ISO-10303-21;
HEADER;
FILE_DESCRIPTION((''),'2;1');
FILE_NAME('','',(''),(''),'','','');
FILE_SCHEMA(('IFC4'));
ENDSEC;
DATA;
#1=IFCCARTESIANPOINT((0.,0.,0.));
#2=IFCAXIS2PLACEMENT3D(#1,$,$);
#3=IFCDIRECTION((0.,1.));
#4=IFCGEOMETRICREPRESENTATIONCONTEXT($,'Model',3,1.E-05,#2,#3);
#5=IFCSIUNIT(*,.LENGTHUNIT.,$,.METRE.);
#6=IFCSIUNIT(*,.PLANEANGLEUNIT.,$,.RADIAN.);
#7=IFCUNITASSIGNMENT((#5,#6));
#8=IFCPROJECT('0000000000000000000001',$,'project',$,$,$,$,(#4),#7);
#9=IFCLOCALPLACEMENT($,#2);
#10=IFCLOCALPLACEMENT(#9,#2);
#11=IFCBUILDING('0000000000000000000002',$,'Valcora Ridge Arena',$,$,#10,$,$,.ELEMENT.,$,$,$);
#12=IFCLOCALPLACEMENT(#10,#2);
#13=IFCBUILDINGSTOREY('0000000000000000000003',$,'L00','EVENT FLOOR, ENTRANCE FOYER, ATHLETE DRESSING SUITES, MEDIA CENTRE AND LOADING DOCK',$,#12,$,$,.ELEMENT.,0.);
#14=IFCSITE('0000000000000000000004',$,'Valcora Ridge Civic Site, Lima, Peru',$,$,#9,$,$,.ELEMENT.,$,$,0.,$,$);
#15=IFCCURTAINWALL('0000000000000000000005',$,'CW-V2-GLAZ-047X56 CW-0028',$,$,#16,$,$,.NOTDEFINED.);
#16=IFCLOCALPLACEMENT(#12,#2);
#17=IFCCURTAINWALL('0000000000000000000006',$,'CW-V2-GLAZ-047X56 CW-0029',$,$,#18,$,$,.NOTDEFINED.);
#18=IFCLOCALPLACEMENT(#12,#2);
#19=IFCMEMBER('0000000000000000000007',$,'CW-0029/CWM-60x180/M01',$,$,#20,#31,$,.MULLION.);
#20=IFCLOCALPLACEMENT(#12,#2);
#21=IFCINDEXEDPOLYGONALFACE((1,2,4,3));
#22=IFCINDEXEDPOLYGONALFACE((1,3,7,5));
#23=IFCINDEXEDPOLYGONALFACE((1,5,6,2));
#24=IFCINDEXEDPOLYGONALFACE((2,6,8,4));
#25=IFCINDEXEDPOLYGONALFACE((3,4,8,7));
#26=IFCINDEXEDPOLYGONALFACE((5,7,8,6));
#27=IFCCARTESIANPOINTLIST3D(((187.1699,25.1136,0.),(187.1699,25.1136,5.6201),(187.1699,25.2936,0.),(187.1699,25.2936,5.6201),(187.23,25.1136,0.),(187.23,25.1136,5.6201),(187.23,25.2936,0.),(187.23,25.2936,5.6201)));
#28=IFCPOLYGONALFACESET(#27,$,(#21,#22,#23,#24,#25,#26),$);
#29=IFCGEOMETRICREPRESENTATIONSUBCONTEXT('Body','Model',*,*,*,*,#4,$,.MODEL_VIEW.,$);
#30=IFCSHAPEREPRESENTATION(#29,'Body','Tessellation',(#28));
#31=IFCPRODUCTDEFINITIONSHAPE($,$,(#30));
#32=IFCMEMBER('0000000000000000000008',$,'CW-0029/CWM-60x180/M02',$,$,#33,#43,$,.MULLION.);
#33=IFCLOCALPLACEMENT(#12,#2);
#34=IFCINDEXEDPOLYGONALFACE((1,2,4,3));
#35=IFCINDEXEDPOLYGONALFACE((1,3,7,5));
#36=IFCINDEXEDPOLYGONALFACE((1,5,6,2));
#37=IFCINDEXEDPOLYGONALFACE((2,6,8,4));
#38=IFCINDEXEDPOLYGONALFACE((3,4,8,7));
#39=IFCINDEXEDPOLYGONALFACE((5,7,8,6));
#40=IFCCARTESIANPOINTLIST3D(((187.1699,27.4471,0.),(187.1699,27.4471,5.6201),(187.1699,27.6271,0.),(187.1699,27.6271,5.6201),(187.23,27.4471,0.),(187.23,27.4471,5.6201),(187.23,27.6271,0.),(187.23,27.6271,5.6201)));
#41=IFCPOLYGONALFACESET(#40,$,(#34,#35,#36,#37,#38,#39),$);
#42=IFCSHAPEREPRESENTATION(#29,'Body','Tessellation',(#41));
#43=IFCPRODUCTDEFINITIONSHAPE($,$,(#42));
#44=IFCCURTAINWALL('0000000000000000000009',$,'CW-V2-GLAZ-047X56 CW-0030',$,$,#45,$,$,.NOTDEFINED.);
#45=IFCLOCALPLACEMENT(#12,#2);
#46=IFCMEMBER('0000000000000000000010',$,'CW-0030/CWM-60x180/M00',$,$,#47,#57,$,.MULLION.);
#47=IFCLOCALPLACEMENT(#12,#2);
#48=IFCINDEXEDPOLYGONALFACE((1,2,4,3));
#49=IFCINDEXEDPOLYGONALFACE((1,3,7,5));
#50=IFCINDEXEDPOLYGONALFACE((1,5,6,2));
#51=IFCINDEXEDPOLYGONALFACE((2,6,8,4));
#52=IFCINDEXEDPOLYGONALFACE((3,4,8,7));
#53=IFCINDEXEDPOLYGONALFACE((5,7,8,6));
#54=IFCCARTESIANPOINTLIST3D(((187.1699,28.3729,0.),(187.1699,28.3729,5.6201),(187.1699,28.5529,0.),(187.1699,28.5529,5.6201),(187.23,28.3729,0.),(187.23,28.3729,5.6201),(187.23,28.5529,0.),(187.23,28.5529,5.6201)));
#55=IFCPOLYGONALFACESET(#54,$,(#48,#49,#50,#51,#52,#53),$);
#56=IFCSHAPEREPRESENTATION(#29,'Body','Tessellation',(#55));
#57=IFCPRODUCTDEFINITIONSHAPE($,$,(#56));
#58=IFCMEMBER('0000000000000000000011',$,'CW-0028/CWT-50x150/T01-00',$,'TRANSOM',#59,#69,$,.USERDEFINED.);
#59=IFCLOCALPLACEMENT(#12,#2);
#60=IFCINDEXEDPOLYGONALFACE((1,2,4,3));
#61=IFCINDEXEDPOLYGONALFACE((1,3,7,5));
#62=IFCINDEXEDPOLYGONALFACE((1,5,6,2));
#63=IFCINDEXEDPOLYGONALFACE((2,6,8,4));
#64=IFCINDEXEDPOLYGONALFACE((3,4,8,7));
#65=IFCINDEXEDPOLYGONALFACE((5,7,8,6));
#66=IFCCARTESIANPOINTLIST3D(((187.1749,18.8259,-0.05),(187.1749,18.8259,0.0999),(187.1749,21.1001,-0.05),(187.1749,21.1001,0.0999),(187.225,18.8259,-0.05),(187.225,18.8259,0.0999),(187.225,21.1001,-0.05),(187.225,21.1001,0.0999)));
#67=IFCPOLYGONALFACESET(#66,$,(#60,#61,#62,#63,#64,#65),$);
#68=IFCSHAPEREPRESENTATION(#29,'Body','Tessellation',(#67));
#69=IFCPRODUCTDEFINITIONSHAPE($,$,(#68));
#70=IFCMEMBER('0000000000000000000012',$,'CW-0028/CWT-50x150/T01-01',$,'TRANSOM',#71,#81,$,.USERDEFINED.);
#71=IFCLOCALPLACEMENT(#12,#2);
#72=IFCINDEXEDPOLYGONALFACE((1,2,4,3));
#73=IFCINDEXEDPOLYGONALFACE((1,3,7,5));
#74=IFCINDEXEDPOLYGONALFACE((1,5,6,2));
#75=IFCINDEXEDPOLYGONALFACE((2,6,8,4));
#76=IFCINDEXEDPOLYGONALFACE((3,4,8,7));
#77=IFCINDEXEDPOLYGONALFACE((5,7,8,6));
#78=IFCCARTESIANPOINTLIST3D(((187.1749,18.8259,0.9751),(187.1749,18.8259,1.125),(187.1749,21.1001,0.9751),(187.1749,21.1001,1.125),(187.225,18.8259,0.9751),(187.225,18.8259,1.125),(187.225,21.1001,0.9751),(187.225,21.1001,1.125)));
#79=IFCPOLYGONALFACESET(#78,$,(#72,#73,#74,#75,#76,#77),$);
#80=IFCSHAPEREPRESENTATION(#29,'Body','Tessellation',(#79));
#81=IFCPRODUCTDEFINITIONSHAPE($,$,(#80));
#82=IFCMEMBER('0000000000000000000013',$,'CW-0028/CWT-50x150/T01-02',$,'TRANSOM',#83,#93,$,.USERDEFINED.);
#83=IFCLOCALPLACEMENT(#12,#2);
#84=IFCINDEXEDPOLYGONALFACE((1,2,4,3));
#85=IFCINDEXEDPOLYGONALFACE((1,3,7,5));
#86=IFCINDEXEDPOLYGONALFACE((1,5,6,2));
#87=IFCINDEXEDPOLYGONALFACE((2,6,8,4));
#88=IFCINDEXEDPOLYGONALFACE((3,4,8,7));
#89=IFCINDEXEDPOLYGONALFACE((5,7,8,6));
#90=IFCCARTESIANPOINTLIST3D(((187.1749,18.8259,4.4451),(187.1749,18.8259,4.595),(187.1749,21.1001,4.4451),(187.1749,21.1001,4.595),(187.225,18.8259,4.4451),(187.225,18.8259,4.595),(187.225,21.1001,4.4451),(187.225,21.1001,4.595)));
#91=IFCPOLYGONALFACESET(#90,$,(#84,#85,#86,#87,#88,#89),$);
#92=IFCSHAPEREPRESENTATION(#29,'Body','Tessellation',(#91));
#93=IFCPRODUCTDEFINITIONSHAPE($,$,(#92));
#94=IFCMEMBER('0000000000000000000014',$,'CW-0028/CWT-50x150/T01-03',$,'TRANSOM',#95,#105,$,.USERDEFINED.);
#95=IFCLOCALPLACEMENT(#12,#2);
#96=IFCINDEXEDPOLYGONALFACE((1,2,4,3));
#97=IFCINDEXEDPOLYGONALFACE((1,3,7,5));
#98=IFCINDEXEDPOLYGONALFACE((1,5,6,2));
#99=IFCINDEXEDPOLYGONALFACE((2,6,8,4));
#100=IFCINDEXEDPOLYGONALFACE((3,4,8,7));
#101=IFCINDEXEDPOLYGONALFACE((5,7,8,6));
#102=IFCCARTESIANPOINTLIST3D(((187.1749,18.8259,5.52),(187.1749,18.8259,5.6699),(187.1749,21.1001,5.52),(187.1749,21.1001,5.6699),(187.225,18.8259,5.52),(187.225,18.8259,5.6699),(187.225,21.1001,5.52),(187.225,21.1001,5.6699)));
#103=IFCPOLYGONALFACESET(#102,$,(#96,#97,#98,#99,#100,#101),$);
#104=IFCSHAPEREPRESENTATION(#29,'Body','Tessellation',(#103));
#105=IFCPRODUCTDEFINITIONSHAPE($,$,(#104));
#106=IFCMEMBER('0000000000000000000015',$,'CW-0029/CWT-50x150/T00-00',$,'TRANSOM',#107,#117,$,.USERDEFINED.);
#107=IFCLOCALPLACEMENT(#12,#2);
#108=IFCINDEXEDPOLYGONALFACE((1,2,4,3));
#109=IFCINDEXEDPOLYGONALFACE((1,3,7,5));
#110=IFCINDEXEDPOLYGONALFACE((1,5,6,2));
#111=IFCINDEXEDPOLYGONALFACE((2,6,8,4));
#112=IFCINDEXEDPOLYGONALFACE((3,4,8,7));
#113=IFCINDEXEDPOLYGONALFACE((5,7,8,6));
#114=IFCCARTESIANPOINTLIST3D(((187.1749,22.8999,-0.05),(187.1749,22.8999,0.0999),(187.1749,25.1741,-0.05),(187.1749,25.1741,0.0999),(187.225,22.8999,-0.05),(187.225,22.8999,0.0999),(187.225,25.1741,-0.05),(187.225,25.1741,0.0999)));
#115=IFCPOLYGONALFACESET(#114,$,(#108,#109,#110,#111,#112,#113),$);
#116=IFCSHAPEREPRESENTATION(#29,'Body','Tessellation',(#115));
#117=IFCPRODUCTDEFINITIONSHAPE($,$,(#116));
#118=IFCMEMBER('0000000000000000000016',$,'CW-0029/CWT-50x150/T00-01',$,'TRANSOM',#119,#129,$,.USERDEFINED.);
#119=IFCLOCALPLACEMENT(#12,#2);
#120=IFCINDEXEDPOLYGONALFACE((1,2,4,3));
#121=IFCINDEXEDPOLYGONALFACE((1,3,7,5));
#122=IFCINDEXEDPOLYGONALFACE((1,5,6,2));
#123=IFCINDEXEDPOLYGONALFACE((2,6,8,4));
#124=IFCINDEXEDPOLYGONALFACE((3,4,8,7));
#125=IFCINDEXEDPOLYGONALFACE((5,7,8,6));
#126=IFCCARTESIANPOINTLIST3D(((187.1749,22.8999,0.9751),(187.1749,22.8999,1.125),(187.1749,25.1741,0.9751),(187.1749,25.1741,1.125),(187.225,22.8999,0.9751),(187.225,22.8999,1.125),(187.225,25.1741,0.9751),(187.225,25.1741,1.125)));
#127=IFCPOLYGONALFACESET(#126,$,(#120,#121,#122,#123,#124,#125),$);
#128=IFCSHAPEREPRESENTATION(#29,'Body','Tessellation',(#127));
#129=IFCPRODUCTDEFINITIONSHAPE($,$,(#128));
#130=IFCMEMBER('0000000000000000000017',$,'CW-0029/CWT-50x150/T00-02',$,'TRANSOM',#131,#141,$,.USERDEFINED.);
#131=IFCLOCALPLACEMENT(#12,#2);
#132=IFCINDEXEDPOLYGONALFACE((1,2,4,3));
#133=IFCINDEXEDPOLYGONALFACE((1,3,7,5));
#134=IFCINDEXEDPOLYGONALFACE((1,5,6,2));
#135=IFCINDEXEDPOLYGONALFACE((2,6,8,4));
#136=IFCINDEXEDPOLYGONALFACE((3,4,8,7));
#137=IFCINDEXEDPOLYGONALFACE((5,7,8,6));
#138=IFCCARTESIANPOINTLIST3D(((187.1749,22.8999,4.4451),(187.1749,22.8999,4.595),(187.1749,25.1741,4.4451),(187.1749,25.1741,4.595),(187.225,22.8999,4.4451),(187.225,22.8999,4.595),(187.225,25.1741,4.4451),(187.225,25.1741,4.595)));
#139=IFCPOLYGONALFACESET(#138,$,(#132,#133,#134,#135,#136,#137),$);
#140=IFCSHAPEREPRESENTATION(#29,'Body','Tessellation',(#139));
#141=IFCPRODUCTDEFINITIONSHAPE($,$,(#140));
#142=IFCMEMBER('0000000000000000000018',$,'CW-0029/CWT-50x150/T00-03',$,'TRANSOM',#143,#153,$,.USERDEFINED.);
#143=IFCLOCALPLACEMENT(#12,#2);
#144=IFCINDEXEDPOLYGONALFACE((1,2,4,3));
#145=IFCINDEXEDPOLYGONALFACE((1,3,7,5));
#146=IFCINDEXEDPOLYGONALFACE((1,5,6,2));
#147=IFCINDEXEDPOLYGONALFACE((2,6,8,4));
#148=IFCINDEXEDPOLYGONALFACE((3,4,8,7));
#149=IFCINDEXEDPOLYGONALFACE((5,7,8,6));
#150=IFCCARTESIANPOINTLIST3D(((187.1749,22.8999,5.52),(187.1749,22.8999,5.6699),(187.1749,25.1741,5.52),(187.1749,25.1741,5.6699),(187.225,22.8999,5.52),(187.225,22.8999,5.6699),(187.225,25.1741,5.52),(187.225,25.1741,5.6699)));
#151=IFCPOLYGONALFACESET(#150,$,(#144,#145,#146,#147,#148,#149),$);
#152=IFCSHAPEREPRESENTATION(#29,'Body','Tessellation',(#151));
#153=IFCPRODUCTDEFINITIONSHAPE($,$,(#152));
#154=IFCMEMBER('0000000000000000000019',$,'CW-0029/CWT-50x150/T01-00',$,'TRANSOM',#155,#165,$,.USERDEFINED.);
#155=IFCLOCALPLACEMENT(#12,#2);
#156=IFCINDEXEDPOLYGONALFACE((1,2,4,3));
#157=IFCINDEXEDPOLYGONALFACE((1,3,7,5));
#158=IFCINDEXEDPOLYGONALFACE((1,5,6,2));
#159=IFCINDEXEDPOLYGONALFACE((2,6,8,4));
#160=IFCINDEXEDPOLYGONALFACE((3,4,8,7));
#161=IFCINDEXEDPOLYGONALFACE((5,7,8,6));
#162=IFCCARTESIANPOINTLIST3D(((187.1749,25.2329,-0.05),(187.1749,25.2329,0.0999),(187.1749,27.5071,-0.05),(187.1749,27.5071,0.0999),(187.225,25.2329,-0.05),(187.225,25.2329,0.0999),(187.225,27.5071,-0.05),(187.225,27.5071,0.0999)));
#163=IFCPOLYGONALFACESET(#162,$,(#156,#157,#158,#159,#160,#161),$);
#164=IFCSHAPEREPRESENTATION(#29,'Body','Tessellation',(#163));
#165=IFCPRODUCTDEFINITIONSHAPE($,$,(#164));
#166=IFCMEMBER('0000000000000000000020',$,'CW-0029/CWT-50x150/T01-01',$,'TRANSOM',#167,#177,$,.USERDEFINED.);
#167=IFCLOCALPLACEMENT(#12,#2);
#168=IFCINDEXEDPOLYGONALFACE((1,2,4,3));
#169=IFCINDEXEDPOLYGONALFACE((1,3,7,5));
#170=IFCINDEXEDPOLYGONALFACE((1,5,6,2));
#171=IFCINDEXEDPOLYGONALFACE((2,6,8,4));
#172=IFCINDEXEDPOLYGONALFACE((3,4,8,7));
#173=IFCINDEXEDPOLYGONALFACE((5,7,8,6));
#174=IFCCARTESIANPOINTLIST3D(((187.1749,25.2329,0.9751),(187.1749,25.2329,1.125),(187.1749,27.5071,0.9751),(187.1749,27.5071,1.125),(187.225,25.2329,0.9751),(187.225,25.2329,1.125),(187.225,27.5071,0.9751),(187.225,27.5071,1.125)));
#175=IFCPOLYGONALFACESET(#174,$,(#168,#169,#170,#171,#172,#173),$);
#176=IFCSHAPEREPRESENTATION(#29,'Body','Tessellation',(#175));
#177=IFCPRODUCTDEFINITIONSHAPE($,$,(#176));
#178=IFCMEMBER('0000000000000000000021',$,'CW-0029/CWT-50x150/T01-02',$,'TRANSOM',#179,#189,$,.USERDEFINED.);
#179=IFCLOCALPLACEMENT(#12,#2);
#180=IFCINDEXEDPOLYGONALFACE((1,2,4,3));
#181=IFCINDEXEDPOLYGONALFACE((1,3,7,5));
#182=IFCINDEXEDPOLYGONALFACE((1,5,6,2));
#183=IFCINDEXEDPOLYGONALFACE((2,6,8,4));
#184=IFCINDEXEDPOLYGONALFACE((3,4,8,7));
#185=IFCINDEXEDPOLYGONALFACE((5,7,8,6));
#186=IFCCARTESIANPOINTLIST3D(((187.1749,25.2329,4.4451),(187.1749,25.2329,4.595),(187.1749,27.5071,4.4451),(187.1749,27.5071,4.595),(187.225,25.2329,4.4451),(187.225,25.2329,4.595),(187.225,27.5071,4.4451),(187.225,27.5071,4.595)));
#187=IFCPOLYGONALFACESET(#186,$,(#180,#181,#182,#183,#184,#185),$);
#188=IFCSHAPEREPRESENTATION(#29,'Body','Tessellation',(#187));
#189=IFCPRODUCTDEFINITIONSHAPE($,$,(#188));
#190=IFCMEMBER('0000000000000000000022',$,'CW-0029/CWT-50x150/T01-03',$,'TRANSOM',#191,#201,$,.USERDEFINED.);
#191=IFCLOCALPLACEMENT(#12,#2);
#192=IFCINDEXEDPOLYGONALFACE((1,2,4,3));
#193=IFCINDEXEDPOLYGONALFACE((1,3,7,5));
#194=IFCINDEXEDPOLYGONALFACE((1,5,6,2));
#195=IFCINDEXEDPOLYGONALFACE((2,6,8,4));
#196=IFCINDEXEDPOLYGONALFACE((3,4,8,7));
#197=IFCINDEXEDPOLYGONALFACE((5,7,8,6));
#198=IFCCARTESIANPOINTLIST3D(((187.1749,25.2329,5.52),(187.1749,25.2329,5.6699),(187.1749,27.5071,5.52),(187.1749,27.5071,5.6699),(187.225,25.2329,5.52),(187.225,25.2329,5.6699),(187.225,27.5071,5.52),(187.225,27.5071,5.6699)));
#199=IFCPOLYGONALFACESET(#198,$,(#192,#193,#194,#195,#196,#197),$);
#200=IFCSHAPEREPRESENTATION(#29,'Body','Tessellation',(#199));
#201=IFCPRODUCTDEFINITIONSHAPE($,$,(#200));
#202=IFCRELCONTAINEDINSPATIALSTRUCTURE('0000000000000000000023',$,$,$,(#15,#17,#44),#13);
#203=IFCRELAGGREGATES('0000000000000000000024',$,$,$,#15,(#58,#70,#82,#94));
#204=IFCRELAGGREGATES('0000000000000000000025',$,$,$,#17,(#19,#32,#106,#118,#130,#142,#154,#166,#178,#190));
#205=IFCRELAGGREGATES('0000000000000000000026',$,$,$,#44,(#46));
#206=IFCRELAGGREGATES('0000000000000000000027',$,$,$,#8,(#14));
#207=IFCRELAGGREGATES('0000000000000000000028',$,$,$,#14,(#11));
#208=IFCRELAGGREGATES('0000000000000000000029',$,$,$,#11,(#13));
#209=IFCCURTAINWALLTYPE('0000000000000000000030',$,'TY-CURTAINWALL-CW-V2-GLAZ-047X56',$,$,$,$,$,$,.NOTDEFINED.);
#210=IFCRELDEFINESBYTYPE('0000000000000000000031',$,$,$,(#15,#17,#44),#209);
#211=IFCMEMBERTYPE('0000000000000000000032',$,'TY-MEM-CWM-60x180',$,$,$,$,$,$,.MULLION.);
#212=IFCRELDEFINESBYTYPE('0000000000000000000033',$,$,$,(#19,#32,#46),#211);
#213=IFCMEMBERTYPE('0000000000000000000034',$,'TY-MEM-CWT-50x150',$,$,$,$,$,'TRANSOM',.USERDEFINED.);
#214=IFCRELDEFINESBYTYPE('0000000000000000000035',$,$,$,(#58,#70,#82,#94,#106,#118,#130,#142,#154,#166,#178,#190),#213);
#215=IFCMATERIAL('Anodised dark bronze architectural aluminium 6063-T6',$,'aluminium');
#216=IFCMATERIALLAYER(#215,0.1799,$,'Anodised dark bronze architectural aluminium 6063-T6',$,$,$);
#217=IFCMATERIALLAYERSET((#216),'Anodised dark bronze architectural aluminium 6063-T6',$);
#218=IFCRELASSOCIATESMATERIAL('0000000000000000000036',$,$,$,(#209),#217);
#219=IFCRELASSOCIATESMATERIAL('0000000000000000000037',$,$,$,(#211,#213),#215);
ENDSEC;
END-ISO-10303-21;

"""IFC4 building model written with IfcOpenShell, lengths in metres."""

from ifc_helpers import new_model, si_unit, direction, frame, origin, origin_2d, place, context, subcontext, project, spatial, rectangle, extrude, material, layer, layer_set, material_profile, profile_set, type_object, element, aggregate, save


model = new_model("IFC4")

# Units and contexts
model_context = context("Model", 3, precision=1e-05, world=origin(), true_north=direction((0.0, 1.0)))
body_context = subcontext(model_context, "Body", "Model", "MODEL_VIEW")
ifc_project = project(units=[si_unit("LENGTHUNIT", "METRE"), si_unit("PLANEANGLEUNIT", "RADIAN")], contexts=[model_context])

# Site, building, storey
site_placement = place(None, origin())
site = spatial("IfcSite", under=ifc_project, at=site_placement, Name="Valcora Ridge Civic Site, Lima, Peru", CompositionType="ELEMENT", RefElevation=0.0)
building_placement = place(site_placement, origin())
building = spatial("IfcBuilding", under=site, at=building_placement, Name="Valcora Ridge Arena", CompositionType="ELEMENT")
storey_placement = place(building_placement, origin())
storey = spatial("IfcBuildingStorey", under=building, at=storey_placement, Name="L00", Description="EVENT FLOOR, ENTRANCE FOYER, ATHLETE DRESSING SUITES, MEDIA CENTRE AND LOADING DOCK", CompositionType="ELEMENT", Elevation=0.0)

# Curtain walls, members
ifc_material_1 = material(Name="Anodised dark bronze architectural aluminium 6063-T6", Category="aluminium")
ifc_layer_1 = layer(ifc_material_1, 0.1799, Name="Anodised dark bronze architectural aluminium 6063-T6")
ifc_layer_set_1 = layer_set([ifc_layer_1], Name="Anodised dark bronze architectural aluminium 6063-T6")
curtain_wall_type = type_object("IfcCurtainWallType", Name="TY-CURTAINWALL-CW-V2-GLAZ-047X56", PredefinedType="NOTDEFINED", material=ifc_layer_set_1)
curtain_wall_1_placement = place(storey_placement, origin())
curtain_wall_1 = element("IfcCurtainWall", 1, at=curtain_wall_1_placement, inside=storey, type_object=curtain_wall_type, Name="CW-V2-GLAZ-047X56 CW-0028", PredefinedType="NOTDEFINED")
ifc_material_profile_1 = material_profile(ifc_material_1, rectangle(XDim=0.0601, YDim=0.1799, at=origin_2d()), Name="ALU MULLION 60x180")
ifc_profile_set_1 = profile_set([ifc_material_profile_1], Name="Anodised dark bronze architectural aluminium 6063-T6")
member_type_1 = type_object("IfcMemberType", Name="TY-MEM-CWM-60x180", PredefinedType="MULLION", material=ifc_profile_set_1)
curtain_wall_2_placement = place(storey_placement, origin())
curtain_wall_2 = element("IfcCurtainWall", 2, at=curtain_wall_2_placement, inside=storey, type_object=curtain_wall_type, Name="CW-V2-GLAZ-047X56 CW-0029", PredefinedType="NOTDEFINED")
member_1_placement = place(storey_placement, frame((187.2, 25.2036, 0.0), z_axis=(0.0, 0.0, 1.0), x_axis=(-1.0, 0.0, 0.0)))
member_1 = element("IfcMember", 3, at=member_1_placement, type_object=member_type_1, Name="CW-0029/CWM-60x180/M01", PredefinedType="MULLION", context=body_context, shape_type="SweptSolid", body=[
    extrude(rectangle(XDim=0.0601, YDim=0.1799, at=origin_2d()), origin(), (0.0, 0.0, 1.0), 5.6201),
])
member_2_placement = place(storey_placement, frame((187.2, 27.5371, 0.0), z_axis=(0.0, 0.0, 1.0), x_axis=(-1.0, 0.0, 0.0)))
member_2 = element("IfcMember", 4, at=member_2_placement, type_object=member_type_1, Name="CW-0029/CWM-60x180/M02", PredefinedType="MULLION", context=body_context, shape_type="SweptSolid", body=[
    extrude(rectangle(XDim=0.0601, YDim=0.1799, at=origin_2d()), origin(), (0.0, 0.0, 1.0), 5.6201),
])

# Curtain wall, member
curtain_wall_3_placement = place(storey_placement, origin())
curtain_wall_3 = element("IfcCurtainWall", 5, at=curtain_wall_3_placement, inside=storey, type_object=curtain_wall_type, Name="CW-V2-GLAZ-047X56 CW-0030", PredefinedType="NOTDEFINED")
member_3_placement = place(storey_placement, frame((187.2, 28.4629, 0.0), z_axis=(0.0, 0.0, 1.0), x_axis=(-1.0, 0.0, 0.0)))
member_3 = element("IfcMember", 6, at=member_3_placement, type_object=member_type_1, Name="CW-0030/CWM-60x180/M00", PredefinedType="MULLION", context=body_context, shape_type="SweptSolid", body=[
    extrude(rectangle(XDim=0.0601, YDim=0.1799, at=origin_2d()), origin(), (0.0, 0.0, 1.0), 5.6201),
])

# Members
ifc_material_profile_2 = material_profile(ifc_material_1, rectangle(XDim=0.05, YDim=0.1499, at=origin_2d()), Name="ALU TRANSOM 50x150")
ifc_profile_set_2 = profile_set([ifc_material_profile_2], Name="Anodised dark bronze architectural aluminium 6063-T6")
member_type_2 = type_object("IfcMemberType", Name="TY-MEM-CWT-50x150", ElementType="TRANSOM", PredefinedType="USERDEFINED", material=ifc_profile_set_2)
member_4_placement = place(storey_placement, frame((187.2, 18.8259, 0.0249), z_axis=(0.0, 1.0, 0.0), x_axis=(-1.0, 0.0, 0.0)))
member_4 = element("IfcMember", 7, at=member_4_placement, type_object=member_type_2, Name="CW-0028/CWT-50x150/T01-00", ObjectType="TRANSOM", PredefinedType="USERDEFINED", context=body_context, shape_type="SweptSolid", body=[
    extrude(rectangle(XDim=0.05, YDim=0.1499, at=origin_2d()), origin(), (0.0, 0.0, 1.0), 2.2742),
])
member_5_placement = place(storey_placement, frame((187.2, 18.8259, 1.05), z_axis=(0.0, 1.0, 0.0), x_axis=(-1.0, 0.0, 0.0)))
member_5 = element("IfcMember", 8, at=member_5_placement, type_object=member_type_2, Name="CW-0028/CWT-50x150/T01-01", ObjectType="TRANSOM", PredefinedType="USERDEFINED", context=body_context, shape_type="SweptSolid", body=[
    extrude(rectangle(XDim=0.05, YDim=0.1499, at=origin_2d()), origin(), (0.0, 0.0, 1.0), 2.2742),
])
member_6_placement = place(storey_placement, frame((187.2, 18.8259, 4.52), z_axis=(0.0, 1.0, 0.0), x_axis=(-1.0, 0.0, 0.0)))
member_6 = element("IfcMember", 9, at=member_6_placement, type_object=member_type_2, Name="CW-0028/CWT-50x150/T01-02", ObjectType="TRANSOM", PredefinedType="USERDEFINED", context=body_context, shape_type="SweptSolid", body=[
    extrude(rectangle(XDim=0.05, YDim=0.1499, at=origin_2d()), origin(), (0.0, 0.0, 1.0), 2.2742),
])
member_7_placement = place(storey_placement, frame((187.2, 18.8259, 5.595), z_axis=(0.0, 1.0, 0.0), x_axis=(-1.0, 0.0, 0.0)))
member_7 = element("IfcMember", 10, at=member_7_placement, type_object=member_type_2, Name="CW-0028/CWT-50x150/T01-03", ObjectType="TRANSOM", PredefinedType="USERDEFINED", context=body_context, shape_type="SweptSolid", body=[
    extrude(rectangle(XDim=0.05, YDim=0.1499, at=origin_2d()), origin(), (0.0, 0.0, 1.0), 2.2742),
])
member_8_placement = place(storey_placement, frame((187.2, 22.8999, 0.0249), z_axis=(0.0, 1.0, 0.0), x_axis=(-1.0, 0.0, 0.0)))
member_8 = element("IfcMember", 11, at=member_8_placement, type_object=member_type_2, Name="CW-0029/CWT-50x150/T00-00", ObjectType="TRANSOM", PredefinedType="USERDEFINED", context=body_context, shape_type="SweptSolid", body=[
    extrude(rectangle(XDim=0.05, YDim=0.1499, at=origin_2d()), origin(), (0.0, 0.0, 1.0), 2.2742),
])
member_9_placement = place(storey_placement, frame((187.2, 22.8999, 1.05), z_axis=(0.0, 1.0, 0.0), x_axis=(-1.0, 0.0, 0.0)))
member_9 = element("IfcMember", 12, at=member_9_placement, type_object=member_type_2, Name="CW-0029/CWT-50x150/T00-01", ObjectType="TRANSOM", PredefinedType="USERDEFINED", context=body_context, shape_type="SweptSolid", body=[
    extrude(rectangle(XDim=0.05, YDim=0.1499, at=origin_2d()), origin(), (0.0, 0.0, 1.0), 2.2742),
])
member_10_placement = place(storey_placement, frame((187.2, 22.8999, 4.52), z_axis=(0.0, 1.0, 0.0), x_axis=(-1.0, 0.0, 0.0)))
member_10 = element("IfcMember", 13, at=member_10_placement, type_object=member_type_2, Name="CW-0029/CWT-50x150/T00-02", ObjectType="TRANSOM", PredefinedType="USERDEFINED", context=body_context, shape_type="SweptSolid", body=[
    extrude(rectangle(XDim=0.05, YDim=0.1499, at=origin_2d()), origin(), (0.0, 0.0, 1.0), 2.2742),
])
member_11_placement = place(storey_placement, frame((187.2, 22.8999, 5.595), z_axis=(0.0, 1.0, 0.0), x_axis=(-1.0, 0.0, 0.0)))
member_11 = element("IfcMember", 14, at=member_11_placement, type_object=member_type_2, Name="CW-0029/CWT-50x150/T00-03", ObjectType="TRANSOM", PredefinedType="USERDEFINED", context=body_context, shape_type="SweptSolid", body=[
    extrude(rectangle(XDim=0.05, YDim=0.1499, at=origin_2d()), origin(), (0.0, 0.0, 1.0), 2.2742),
])
member_12_placement = place(storey_placement, frame((187.2, 25.2329, 0.0249), z_axis=(0.0, 1.0, 0.0), x_axis=(-1.0, 0.0, 0.0)))
member_12 = element("IfcMember", 15, at=member_12_placement, type_object=member_type_2, Name="CW-0029/CWT-50x150/T01-00", ObjectType="TRANSOM", PredefinedType="USERDEFINED", context=body_context, shape_type="SweptSolid", body=[
    extrude(rectangle(XDim=0.05, YDim=0.1499, at=origin_2d()), origin(), (0.0, 0.0, 1.0), 2.2742),
])
member_13_placement = place(storey_placement, frame((187.2, 25.2329, 1.05), z_axis=(0.0, 1.0, 0.0), x_axis=(-1.0, 0.0, 0.0)))
member_13 = element("IfcMember", 16, at=member_13_placement, type_object=member_type_2, Name="CW-0029/CWT-50x150/T01-01", ObjectType="TRANSOM", PredefinedType="USERDEFINED", context=body_context, shape_type="SweptSolid", body=[
    extrude(rectangle(XDim=0.05, YDim=0.1499, at=origin_2d()), origin(), (0.0, 0.0, 1.0), 2.2742),
])
member_14_placement = place(storey_placement, frame((187.2, 25.2329, 4.52), z_axis=(0.0, 1.0, 0.0), x_axis=(-1.0, 0.0, 0.0)))
member_14 = element("IfcMember", 17, at=member_14_placement, type_object=member_type_2, Name="CW-0029/CWT-50x150/T01-02", ObjectType="TRANSOM", PredefinedType="USERDEFINED", context=body_context, shape_type="SweptSolid", body=[
    extrude(rectangle(XDim=0.05, YDim=0.1499, at=origin_2d()), origin(), (0.0, 0.0, 1.0), 2.2742),
])
member_15_placement = place(storey_placement, frame((187.2, 25.2329, 5.595), z_axis=(0.0, 1.0, 0.0), x_axis=(-1.0, 0.0, 0.0)))
member_15 = element("IfcMember", 18, at=member_15_placement, type_object=member_type_2, Name="CW-0029/CWT-50x150/T01-03", ObjectType="TRANSOM", PredefinedType="USERDEFINED", context=body_context, shape_type="SweptSolid", body=[
    extrude(rectangle(XDim=0.05, YDim=0.1499, at=origin_2d()), origin(), (0.0, 0.0, 1.0), 2.2742),
])

aggregate(curtain_wall_1, [member_4, member_5, member_6, member_7])
aggregate(curtain_wall_2, [member_1, member_2, member_8, member_9, member_10, member_11, member_12, member_13, member_14, member_15])
aggregate(curtain_wall_3, [member_3])

save(model, "model.ifc")
